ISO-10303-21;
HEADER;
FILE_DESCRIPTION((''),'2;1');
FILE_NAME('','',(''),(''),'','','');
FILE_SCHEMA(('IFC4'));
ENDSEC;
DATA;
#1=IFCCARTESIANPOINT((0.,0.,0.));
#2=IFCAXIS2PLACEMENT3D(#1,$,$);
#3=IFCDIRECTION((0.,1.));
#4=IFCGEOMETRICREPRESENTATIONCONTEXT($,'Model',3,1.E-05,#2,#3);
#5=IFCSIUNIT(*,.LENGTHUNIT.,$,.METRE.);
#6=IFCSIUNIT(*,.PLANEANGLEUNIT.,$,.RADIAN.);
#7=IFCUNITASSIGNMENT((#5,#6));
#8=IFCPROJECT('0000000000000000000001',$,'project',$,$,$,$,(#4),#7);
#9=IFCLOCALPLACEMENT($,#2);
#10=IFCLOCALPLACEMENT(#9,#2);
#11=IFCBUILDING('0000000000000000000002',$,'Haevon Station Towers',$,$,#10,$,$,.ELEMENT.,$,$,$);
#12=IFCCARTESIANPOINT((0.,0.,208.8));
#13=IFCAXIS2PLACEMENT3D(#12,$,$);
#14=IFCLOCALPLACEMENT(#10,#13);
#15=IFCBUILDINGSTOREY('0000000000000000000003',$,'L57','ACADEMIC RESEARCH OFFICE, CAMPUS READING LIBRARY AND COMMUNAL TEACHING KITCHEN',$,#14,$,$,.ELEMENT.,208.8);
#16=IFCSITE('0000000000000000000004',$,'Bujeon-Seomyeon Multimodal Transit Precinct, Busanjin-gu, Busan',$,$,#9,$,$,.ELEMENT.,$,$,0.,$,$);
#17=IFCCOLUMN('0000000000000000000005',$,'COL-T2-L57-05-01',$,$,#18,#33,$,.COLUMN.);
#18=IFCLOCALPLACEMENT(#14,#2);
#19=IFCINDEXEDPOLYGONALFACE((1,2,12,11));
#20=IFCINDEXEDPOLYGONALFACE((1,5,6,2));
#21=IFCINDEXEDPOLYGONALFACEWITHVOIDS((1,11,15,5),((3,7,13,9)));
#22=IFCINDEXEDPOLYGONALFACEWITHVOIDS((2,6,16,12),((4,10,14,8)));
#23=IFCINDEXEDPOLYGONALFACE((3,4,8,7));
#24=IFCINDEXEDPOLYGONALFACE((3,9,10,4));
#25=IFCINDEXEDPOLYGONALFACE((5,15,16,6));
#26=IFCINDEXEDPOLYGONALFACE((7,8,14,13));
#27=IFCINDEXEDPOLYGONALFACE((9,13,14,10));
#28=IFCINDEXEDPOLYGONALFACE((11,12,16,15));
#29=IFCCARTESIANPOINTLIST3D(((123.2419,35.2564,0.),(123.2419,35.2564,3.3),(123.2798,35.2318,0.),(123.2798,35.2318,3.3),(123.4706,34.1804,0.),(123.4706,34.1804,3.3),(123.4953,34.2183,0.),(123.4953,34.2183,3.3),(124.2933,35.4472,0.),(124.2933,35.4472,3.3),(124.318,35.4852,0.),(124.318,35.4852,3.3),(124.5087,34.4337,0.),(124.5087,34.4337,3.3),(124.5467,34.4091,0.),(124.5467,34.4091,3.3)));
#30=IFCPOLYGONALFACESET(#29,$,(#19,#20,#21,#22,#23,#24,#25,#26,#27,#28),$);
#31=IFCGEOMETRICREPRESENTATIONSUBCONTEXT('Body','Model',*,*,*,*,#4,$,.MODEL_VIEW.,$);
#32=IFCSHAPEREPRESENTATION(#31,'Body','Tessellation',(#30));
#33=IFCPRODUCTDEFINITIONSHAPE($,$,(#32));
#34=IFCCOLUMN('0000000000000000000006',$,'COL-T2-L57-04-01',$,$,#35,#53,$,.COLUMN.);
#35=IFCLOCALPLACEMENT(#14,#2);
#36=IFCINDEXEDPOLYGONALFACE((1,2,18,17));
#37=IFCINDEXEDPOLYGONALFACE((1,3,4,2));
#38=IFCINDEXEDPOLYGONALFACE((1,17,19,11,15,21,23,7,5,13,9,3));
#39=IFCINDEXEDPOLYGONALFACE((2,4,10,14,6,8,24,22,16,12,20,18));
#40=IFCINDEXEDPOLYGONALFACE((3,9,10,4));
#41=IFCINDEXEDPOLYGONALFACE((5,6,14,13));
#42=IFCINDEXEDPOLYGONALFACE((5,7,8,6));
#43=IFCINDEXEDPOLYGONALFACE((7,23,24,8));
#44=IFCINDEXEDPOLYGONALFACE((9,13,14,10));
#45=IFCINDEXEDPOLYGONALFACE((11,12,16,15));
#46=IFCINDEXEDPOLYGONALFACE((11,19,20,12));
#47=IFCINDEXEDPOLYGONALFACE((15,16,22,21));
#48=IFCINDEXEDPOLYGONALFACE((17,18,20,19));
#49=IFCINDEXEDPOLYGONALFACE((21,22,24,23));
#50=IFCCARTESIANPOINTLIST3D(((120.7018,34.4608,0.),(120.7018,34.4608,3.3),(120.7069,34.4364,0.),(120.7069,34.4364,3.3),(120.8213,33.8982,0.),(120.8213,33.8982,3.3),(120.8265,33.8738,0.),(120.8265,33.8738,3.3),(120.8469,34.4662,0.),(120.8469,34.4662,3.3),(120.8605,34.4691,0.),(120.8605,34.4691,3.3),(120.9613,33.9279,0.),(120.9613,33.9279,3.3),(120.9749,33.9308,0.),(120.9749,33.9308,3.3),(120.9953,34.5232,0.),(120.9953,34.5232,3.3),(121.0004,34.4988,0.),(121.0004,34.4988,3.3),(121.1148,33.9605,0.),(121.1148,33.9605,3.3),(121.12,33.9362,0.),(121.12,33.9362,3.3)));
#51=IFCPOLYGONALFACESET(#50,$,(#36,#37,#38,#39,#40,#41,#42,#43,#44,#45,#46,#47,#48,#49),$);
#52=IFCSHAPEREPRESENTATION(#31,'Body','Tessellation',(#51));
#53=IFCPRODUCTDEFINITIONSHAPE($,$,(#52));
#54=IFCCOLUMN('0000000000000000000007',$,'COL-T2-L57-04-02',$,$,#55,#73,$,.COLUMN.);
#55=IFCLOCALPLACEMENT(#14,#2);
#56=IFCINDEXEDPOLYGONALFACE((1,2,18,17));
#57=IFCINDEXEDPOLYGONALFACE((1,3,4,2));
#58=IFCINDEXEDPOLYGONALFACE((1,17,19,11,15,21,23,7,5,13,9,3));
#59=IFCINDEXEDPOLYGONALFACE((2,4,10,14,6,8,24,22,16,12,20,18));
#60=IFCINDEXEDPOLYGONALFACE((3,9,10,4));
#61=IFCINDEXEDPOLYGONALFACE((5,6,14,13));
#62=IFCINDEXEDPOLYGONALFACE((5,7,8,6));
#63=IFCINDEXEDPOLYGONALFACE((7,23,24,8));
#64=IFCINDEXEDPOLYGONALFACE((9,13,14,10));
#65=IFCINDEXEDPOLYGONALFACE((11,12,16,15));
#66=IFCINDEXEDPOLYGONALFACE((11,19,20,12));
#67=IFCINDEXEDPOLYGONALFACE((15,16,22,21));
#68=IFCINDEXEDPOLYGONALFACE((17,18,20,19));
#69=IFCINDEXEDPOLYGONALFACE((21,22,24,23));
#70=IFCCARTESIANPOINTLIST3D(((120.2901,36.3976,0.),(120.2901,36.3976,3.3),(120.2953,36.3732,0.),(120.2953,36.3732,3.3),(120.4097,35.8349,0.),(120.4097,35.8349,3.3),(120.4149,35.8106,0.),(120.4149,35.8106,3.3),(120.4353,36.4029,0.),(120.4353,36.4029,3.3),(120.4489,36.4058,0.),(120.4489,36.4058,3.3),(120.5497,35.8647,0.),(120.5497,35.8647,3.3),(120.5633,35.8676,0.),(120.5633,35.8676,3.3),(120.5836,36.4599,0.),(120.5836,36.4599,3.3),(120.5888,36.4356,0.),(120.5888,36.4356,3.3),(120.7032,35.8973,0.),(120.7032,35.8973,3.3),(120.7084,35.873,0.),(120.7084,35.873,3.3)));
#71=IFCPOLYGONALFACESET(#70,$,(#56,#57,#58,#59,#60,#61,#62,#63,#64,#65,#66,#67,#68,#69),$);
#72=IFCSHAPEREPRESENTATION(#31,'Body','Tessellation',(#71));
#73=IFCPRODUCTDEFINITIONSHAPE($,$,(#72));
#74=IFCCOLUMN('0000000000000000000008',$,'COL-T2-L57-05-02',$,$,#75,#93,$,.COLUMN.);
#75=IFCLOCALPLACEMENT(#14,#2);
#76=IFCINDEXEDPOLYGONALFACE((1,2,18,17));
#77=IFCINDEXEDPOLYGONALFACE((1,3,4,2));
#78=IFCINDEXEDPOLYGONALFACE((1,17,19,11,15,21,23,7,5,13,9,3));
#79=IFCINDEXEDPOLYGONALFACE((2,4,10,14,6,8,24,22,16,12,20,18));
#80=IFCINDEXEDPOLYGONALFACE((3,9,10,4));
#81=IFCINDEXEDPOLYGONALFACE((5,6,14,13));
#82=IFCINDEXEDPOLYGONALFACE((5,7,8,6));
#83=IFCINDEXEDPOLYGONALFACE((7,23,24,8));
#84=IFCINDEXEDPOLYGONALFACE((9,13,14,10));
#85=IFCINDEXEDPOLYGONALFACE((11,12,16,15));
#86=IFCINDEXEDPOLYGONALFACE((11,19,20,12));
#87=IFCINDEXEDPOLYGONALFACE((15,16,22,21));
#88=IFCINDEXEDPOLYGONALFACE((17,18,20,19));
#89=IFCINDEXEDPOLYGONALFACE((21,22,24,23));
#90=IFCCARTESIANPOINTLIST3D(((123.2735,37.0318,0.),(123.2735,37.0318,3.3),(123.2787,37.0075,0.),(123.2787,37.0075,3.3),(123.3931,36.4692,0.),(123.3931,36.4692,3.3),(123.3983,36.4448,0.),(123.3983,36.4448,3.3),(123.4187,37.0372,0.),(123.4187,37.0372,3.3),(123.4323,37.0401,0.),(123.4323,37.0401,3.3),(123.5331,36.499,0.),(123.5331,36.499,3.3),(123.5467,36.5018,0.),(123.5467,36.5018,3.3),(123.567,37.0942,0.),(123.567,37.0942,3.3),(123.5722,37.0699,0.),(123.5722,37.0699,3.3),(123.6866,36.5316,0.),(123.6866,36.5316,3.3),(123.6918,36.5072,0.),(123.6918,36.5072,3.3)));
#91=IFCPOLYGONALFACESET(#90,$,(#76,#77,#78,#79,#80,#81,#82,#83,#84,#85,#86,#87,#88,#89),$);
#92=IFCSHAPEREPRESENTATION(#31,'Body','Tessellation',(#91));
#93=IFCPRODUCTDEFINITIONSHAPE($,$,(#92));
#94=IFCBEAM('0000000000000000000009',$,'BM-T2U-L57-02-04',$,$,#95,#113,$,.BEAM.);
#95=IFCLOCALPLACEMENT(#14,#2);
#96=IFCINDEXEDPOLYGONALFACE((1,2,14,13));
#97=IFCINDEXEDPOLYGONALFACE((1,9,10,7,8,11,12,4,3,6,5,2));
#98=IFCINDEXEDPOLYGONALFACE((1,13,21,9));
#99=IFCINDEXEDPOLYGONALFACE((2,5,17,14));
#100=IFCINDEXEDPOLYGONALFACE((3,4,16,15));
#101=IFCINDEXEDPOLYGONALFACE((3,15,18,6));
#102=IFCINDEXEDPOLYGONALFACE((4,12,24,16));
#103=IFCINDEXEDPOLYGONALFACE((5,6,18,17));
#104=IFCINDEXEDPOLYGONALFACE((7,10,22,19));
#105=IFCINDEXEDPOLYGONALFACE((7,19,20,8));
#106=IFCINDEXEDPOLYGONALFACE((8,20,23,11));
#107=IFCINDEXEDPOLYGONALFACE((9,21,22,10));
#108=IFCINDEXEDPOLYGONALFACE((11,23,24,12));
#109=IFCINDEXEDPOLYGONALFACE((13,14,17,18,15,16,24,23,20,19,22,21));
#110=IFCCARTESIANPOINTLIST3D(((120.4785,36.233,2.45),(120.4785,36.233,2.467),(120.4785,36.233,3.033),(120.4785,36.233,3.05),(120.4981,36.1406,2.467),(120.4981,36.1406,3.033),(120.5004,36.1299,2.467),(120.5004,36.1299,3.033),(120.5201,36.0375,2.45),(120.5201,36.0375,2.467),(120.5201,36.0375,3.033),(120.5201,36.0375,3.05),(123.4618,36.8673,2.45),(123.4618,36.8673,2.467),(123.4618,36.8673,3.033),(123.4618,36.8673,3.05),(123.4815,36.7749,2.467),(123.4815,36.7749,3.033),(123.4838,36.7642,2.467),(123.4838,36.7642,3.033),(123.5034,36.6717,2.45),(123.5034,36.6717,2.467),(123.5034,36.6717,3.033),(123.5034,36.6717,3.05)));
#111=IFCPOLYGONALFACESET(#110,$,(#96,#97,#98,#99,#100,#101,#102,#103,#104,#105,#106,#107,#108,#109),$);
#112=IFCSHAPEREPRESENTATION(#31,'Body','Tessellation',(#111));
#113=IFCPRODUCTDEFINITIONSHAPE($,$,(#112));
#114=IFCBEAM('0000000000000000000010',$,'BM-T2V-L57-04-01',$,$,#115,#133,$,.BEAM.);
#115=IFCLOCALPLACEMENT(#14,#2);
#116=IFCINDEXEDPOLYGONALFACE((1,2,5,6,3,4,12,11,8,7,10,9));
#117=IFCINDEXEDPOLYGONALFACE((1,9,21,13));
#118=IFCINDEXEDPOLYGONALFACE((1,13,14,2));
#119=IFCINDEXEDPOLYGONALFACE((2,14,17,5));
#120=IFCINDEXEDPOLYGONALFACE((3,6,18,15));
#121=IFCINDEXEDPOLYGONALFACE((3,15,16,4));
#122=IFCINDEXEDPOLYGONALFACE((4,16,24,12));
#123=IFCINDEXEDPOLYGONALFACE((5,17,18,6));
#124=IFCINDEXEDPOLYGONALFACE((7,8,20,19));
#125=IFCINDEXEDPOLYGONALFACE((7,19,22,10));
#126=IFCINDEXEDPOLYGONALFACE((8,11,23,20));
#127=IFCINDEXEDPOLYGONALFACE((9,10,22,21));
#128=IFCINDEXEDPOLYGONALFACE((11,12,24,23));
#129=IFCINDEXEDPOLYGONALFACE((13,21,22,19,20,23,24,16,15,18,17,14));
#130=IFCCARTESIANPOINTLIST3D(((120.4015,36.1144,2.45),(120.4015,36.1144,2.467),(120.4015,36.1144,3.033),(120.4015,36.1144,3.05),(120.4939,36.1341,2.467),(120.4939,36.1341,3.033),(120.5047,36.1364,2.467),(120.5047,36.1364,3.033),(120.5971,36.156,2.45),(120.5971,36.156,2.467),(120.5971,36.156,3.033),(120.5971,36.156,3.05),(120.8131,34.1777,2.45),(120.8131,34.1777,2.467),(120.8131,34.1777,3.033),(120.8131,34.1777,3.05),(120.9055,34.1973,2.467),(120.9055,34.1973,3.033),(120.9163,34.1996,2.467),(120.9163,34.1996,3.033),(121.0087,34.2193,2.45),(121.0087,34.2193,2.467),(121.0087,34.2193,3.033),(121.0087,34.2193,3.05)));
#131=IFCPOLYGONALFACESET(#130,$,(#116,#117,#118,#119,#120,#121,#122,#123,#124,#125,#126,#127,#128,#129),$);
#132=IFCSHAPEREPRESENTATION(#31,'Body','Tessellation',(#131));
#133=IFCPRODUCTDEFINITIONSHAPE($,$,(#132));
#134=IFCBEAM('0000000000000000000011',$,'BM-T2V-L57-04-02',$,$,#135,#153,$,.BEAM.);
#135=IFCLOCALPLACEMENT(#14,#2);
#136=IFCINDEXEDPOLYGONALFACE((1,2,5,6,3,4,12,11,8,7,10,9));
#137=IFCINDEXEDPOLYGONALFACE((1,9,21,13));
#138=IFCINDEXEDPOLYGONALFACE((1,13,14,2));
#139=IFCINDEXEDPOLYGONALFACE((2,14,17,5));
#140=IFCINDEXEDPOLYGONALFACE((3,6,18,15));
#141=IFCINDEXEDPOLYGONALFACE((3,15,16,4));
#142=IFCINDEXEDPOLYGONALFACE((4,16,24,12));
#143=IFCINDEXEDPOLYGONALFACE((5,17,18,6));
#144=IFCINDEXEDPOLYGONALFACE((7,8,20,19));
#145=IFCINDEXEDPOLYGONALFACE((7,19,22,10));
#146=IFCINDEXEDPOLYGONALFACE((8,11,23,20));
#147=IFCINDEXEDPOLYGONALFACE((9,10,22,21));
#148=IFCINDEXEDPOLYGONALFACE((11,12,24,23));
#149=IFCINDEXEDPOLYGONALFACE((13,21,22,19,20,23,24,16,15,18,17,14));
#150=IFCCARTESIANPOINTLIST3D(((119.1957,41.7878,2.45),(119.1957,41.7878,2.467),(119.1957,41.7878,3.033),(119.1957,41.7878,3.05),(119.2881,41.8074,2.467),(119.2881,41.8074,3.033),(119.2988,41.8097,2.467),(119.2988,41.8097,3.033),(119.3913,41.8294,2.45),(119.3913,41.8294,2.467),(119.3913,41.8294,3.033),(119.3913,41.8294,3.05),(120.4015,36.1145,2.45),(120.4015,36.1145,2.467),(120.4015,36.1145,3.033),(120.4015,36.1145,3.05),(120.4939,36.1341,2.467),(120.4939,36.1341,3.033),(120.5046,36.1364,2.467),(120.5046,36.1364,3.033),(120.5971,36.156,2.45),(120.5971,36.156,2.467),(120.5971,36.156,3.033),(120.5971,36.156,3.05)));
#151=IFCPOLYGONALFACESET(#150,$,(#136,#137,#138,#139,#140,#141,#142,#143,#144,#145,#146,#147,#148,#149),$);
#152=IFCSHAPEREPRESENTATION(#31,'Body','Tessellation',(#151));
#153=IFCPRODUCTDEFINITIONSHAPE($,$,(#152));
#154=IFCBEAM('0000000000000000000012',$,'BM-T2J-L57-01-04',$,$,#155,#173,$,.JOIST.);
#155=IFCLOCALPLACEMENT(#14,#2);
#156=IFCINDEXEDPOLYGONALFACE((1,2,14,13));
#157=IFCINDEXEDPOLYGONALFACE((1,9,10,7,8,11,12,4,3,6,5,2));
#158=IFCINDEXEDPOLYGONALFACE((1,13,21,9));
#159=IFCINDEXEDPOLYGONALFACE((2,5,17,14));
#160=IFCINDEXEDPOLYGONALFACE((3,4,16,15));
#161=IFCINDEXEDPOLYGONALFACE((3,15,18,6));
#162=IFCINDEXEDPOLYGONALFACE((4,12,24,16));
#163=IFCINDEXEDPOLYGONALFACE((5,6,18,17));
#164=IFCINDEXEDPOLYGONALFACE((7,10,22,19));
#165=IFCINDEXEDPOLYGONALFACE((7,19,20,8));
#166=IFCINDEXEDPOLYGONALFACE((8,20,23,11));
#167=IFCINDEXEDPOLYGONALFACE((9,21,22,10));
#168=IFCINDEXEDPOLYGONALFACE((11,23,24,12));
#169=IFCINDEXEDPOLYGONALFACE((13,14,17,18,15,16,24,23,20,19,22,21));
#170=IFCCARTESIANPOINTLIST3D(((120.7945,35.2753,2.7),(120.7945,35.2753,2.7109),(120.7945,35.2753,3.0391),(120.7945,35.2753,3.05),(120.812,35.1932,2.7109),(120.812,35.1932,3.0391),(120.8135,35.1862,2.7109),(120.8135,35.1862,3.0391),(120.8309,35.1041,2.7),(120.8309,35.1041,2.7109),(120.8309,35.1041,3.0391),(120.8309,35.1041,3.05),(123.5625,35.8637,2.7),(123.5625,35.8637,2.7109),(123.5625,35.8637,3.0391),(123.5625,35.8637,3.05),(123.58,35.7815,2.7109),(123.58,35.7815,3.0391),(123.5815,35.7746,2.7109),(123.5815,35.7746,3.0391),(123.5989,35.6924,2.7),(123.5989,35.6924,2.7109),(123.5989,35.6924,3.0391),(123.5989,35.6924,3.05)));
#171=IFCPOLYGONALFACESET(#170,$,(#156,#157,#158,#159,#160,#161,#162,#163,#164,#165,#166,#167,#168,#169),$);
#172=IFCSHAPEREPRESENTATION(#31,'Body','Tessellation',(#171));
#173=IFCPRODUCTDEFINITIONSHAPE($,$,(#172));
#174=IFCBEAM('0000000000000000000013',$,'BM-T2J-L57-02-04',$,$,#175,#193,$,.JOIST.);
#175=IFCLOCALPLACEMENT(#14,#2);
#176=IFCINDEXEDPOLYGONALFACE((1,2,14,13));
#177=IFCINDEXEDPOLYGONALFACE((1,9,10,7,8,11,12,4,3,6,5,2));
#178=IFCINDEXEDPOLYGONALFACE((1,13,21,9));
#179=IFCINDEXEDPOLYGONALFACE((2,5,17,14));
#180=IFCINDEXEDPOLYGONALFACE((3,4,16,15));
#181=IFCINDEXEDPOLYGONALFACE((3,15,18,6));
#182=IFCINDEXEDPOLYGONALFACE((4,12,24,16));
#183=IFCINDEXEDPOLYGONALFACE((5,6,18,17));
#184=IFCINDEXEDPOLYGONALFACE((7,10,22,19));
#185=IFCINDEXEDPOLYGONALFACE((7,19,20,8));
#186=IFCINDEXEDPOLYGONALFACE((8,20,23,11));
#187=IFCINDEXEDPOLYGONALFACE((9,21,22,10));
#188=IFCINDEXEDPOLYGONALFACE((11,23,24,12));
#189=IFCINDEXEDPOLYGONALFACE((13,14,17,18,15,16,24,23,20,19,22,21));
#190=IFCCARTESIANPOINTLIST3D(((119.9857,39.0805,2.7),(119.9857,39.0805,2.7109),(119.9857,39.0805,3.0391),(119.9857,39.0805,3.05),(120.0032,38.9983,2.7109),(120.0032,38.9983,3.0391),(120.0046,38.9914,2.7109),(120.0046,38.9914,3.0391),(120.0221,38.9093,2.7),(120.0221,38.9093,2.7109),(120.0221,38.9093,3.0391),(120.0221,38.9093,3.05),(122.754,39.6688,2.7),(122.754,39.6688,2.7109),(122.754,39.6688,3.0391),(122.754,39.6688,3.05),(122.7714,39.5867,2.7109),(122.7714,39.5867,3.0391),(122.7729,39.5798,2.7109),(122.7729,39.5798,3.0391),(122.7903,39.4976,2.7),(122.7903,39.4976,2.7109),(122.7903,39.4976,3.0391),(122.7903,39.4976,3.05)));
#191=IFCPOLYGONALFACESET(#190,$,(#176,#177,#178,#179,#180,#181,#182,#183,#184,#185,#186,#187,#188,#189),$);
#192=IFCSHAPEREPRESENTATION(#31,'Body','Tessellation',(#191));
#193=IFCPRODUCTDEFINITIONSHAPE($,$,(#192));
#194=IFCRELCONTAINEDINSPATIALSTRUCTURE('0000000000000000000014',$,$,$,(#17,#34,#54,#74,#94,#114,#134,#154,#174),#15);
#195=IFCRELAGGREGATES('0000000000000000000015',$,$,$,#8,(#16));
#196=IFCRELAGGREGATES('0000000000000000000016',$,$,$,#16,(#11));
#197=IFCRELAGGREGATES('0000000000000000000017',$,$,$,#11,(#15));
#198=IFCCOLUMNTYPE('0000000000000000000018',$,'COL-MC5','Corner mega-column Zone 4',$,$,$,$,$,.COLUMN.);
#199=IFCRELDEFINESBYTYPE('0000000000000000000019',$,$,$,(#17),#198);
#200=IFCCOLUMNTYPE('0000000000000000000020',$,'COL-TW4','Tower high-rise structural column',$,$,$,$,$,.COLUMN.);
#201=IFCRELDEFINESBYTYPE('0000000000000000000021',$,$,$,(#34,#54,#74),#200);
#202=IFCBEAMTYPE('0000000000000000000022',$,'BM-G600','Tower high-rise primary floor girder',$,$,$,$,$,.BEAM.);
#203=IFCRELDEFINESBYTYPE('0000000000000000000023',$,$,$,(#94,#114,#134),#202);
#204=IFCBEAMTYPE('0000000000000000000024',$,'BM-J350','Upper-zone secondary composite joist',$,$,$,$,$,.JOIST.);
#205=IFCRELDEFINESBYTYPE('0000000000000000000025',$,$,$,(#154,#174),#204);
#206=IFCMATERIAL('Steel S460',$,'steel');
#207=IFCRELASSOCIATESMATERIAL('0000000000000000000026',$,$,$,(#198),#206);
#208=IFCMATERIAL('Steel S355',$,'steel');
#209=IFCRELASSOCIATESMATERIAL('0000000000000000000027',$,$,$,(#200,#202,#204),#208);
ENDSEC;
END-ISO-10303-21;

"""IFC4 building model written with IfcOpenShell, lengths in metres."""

from ifc_helpers import new_model, si_unit, direction, frame, origin, origin_2d, place, context, subcontext, project, spatial, hollow_rectangle, i_section, extrude, material, material_profile, profile_set, type_object, element, save


model = new_model("IFC4")

# Units and contexts
model_context = context("Model", 3, precision=1e-05, world=origin(), true_north=direction((0.0, 1.0)))
body_context = subcontext(model_context, "Body", "Model", "MODEL_VIEW")
ifc_project = project(units=[si_unit("LENGTHUNIT", "METRE"), si_unit("PLANEANGLEUNIT", "RADIAN")], contexts=[model_context])

# Site, building, storey
site_placement = place(None, origin())
site = spatial("IfcSite", under=ifc_project, at=site_placement, Name="Bujeon-Seomyeon Multimodal Transit Precinct, Busanjin-gu, Busan", CompositionType="ELEMENT", RefElevation=0.0)
building_placement = place(site_placement, origin())
building = spatial("IfcBuilding", under=site, at=building_placement, Name="Haevon Station Towers", CompositionType="ELEMENT")
storey_placement = place(building_placement, frame((0.0, 0.0, 208.8)))
storey = spatial("IfcBuildingStorey", under=building, at=storey_placement, Name="L57", Description="ACADEMIC RESEARCH OFFICE, CAMPUS READING LIBRARY AND COMMUNAL TEACHING KITCHEN", CompositionType="ELEMENT", Elevation=208.8)

# Columns
ifc_material_1 = material(Name="Steel S460", Category="steel")
ifc_material_profile_1 = material_profile(ifc_material_1, hollow_rectangle(XDim=1.1001, YDim=1.1001, WallThickness=0.032, at=origin_2d()), Name="BOX-1100x1100x32")
ifc_profile_set_1 = profile_set([ifc_material_profile_1], Name="Steel S460")
column_type_1 = type_object("IfcColumnType", Name="COL-MC5", Description="Corner mega-column Zone 4", PredefinedType="COLUMN", material=ifc_profile_set_1)
column_placement = place(storey_placement, frame((123.8943, 34.8328, 0.0), z_axis=(0.0, 0.0, 1.0), x_axis=(0.978148, 0.207912, 0.0)))
element("IfcColumn", 1, at=column_placement, inside=storey, type_object=column_type_1, Name="COL-T2-L57-05-01", PredefinedType="COLUMN", context=body_context, shape_type="SweptSolid", body=[
    extrude(hollow_rectangle(XDim=1.1001, YDim=1.1001, WallThickness=0.032, at=origin_2d()), origin(), (0.0, 0.0, 1.0), 3.3),
])
ifc_material_2 = material(Name="Steel S355", Category="steel")
ifc_material_profile_2 = material_profile(ifc_material_2, i_section(OverallWidth=0.3, OverallDepth=0.6001, WebThickness=0.0139, FlangeThickness=0.0249, at=origin_2d()), Name="H-600x300x14x25")
ifc_profile_set_2 = profile_set([ifc_material_profile_2], Name="Steel S355")
column_type_2 = type_object("IfcColumnType", Name="COL-TW4", Description="Tower high-rise structural column", PredefinedType="COLUMN", material=ifc_profile_set_2)
for number, where, z_axis, x_axis, name in (
    (2, (120.9109, 34.1985, 0.0), (0.0, 0.0, 1.0), (0.978148, 0.207912, 0.0), "COL-T2-L57-04-01"),
    (3, (120.4993, 36.1353, 0.0), (0.0, 0.0, 1.0), (0.978148, 0.207912, 0.0), "COL-T2-L57-04-02"),
    (4, (123.4827, 36.7695, 0.0), (0.0, 0.0, 1.0), (0.978148, 0.207912, 0.0), "COL-T2-L57-05-02"),
):
    element("IfcColumn", number, at=place(storey_placement, frame(where, z_axis=z_axis, x_axis=x_axis)), inside=storey, type_object=column_type_2, Name=name, PredefinedType="COLUMN", context=body_context, shape_type="SweptSolid", body=[
        extrude(i_section(OverallWidth=0.3, OverallDepth=0.6001, WebThickness=0.0139, FlangeThickness=0.0249, at=origin_2d()), origin(), (0.0, 0.0, 1.0), 3.3),
    ])

# Beams
ifc_material_profile_3 = material_profile(ifc_material_2, i_section(OverallWidth=0.2, OverallDepth=0.6001, WebThickness=0.011, FlangeThickness=0.0171, at=origin_2d()), Name="H-600x200x11x17")
ifc_profile_set_3 = profile_set([ifc_material_profile_3], Name="Steel S355")
beam_type_1 = type_object("IfcBeamType", Name="BM-G600", Description="Tower high-rise primary floor girder", PredefinedType="BEAM", material=ifc_profile_set_3)
beam_1_placement = place(storey_placement, frame((120.4993, 36.1353, 2.75), z_axis=(0.978139, 0.207954, 0.0), x_axis=(-0.207954, 0.978139, 0.0)))
element("IfcBeam", 5, at=beam_1_placement, inside=storey, type_object=beam_type_1, Name="BM-T2U-L57-02-04", PredefinedType="BEAM", context=body_context, shape_type="SweptSolid", body=[
    extrude(i_section(OverallWidth=0.2, OverallDepth=0.6001, WebThickness=0.011, FlangeThickness=0.0171, at=origin_2d()), origin(), (0.0, 0.0, 1.0), 3.05),
])
beam_2_placement = place(storey_placement, frame((120.9109, 34.1985, 2.75), z_axis=(-0.207887, 0.978153, 0.0), x_axis=(-0.978153, -0.207887, 0.0)))
element("IfcBeam", 6, at=beam_2_placement, inside=storey, type_object=beam_type_1, Name="BM-T2V-L57-04-01", PredefinedType="BEAM", context=body_context, shape_type="SweptSolid", body=[
    extrude(i_section(OverallWidth=0.2, OverallDepth=0.6001, WebThickness=0.011, FlangeThickness=0.0171, at=origin_2d()), origin(), (0.0, 0.0, 1.0), 1.98),
])
beam_3_placement = place(storey_placement, frame((120.4993, 36.1353, 2.75), z_axis=(-0.207896, 0.978151, 0.0), x_axis=(-0.978151, -0.207896, 0.0)))
element("IfcBeam", 7, at=beam_3_placement, inside=storey, type_object=beam_type_1, Name="BM-T2V-L57-04-02", PredefinedType="BEAM", context=body_context, shape_type="SweptSolid", body=[
    extrude(i_section(OverallWidth=0.2, OverallDepth=0.6001, WebThickness=0.011, FlangeThickness=0.0171, at=origin_2d()), origin(), (0.0, 0.0, 1.0), 5.8),
])
ifc_material_profile_4 = material_profile(ifc_material_2, i_section(OverallWidth=0.175, OverallDepth=0.3501, WebThickness=0.0071, FlangeThickness=0.011, at=origin_2d()), Name="H-350x175x7x11")
ifc_profile_set_4 = profile_set([ifc_material_profile_4], Name="Steel S355")
beam_type_2 = type_object("IfcBeamType", Name="BM-J350", Description="Upper-zone secondary composite joist", PredefinedType="JOIST", material=ifc_profile_set_4)
beam_4_placement = place(storey_placement, frame((120.8127, 35.1897, 2.875), z_axis=(0.978147, 0.207914, 0.0), x_axis=(-0.207914, 0.978147, 0.0)))
element("IfcBeam", 8, at=beam_4_placement, inside=storey, type_object=beam_type_2, Name="BM-T2J-L57-01-04", PredefinedType="JOIST", context=body_context, shape_type="SweptSolid", body=[
    extrude(i_section(OverallWidth=0.175, OverallDepth=0.3501, WebThickness=0.0071, FlangeThickness=0.011, at=origin_2d()), origin(), (0.0, 0.0, 1.0), 2.8298),
])
beam_5_placement = place(storey_placement, frame((120.0039, 38.9949, 2.875), z_axis=(0.978151, 0.207897, 0.0), x_axis=(-0.207897, 0.978151, 0.0)))
element("IfcBeam", 9, at=beam_5_placement, inside=storey, type_object=beam_type_2, Name="BM-T2J-L57-02-04", PredefinedType="JOIST", context=body_context, shape_type="SweptSolid", body=[
    extrude(i_section(OverallWidth=0.175, OverallDepth=0.3501, WebThickness=0.0071, FlangeThickness=0.011, at=origin_2d()), origin(), (0.0, 0.0, 1.0), 2.8301),
])

save(model, "model.ifc")
